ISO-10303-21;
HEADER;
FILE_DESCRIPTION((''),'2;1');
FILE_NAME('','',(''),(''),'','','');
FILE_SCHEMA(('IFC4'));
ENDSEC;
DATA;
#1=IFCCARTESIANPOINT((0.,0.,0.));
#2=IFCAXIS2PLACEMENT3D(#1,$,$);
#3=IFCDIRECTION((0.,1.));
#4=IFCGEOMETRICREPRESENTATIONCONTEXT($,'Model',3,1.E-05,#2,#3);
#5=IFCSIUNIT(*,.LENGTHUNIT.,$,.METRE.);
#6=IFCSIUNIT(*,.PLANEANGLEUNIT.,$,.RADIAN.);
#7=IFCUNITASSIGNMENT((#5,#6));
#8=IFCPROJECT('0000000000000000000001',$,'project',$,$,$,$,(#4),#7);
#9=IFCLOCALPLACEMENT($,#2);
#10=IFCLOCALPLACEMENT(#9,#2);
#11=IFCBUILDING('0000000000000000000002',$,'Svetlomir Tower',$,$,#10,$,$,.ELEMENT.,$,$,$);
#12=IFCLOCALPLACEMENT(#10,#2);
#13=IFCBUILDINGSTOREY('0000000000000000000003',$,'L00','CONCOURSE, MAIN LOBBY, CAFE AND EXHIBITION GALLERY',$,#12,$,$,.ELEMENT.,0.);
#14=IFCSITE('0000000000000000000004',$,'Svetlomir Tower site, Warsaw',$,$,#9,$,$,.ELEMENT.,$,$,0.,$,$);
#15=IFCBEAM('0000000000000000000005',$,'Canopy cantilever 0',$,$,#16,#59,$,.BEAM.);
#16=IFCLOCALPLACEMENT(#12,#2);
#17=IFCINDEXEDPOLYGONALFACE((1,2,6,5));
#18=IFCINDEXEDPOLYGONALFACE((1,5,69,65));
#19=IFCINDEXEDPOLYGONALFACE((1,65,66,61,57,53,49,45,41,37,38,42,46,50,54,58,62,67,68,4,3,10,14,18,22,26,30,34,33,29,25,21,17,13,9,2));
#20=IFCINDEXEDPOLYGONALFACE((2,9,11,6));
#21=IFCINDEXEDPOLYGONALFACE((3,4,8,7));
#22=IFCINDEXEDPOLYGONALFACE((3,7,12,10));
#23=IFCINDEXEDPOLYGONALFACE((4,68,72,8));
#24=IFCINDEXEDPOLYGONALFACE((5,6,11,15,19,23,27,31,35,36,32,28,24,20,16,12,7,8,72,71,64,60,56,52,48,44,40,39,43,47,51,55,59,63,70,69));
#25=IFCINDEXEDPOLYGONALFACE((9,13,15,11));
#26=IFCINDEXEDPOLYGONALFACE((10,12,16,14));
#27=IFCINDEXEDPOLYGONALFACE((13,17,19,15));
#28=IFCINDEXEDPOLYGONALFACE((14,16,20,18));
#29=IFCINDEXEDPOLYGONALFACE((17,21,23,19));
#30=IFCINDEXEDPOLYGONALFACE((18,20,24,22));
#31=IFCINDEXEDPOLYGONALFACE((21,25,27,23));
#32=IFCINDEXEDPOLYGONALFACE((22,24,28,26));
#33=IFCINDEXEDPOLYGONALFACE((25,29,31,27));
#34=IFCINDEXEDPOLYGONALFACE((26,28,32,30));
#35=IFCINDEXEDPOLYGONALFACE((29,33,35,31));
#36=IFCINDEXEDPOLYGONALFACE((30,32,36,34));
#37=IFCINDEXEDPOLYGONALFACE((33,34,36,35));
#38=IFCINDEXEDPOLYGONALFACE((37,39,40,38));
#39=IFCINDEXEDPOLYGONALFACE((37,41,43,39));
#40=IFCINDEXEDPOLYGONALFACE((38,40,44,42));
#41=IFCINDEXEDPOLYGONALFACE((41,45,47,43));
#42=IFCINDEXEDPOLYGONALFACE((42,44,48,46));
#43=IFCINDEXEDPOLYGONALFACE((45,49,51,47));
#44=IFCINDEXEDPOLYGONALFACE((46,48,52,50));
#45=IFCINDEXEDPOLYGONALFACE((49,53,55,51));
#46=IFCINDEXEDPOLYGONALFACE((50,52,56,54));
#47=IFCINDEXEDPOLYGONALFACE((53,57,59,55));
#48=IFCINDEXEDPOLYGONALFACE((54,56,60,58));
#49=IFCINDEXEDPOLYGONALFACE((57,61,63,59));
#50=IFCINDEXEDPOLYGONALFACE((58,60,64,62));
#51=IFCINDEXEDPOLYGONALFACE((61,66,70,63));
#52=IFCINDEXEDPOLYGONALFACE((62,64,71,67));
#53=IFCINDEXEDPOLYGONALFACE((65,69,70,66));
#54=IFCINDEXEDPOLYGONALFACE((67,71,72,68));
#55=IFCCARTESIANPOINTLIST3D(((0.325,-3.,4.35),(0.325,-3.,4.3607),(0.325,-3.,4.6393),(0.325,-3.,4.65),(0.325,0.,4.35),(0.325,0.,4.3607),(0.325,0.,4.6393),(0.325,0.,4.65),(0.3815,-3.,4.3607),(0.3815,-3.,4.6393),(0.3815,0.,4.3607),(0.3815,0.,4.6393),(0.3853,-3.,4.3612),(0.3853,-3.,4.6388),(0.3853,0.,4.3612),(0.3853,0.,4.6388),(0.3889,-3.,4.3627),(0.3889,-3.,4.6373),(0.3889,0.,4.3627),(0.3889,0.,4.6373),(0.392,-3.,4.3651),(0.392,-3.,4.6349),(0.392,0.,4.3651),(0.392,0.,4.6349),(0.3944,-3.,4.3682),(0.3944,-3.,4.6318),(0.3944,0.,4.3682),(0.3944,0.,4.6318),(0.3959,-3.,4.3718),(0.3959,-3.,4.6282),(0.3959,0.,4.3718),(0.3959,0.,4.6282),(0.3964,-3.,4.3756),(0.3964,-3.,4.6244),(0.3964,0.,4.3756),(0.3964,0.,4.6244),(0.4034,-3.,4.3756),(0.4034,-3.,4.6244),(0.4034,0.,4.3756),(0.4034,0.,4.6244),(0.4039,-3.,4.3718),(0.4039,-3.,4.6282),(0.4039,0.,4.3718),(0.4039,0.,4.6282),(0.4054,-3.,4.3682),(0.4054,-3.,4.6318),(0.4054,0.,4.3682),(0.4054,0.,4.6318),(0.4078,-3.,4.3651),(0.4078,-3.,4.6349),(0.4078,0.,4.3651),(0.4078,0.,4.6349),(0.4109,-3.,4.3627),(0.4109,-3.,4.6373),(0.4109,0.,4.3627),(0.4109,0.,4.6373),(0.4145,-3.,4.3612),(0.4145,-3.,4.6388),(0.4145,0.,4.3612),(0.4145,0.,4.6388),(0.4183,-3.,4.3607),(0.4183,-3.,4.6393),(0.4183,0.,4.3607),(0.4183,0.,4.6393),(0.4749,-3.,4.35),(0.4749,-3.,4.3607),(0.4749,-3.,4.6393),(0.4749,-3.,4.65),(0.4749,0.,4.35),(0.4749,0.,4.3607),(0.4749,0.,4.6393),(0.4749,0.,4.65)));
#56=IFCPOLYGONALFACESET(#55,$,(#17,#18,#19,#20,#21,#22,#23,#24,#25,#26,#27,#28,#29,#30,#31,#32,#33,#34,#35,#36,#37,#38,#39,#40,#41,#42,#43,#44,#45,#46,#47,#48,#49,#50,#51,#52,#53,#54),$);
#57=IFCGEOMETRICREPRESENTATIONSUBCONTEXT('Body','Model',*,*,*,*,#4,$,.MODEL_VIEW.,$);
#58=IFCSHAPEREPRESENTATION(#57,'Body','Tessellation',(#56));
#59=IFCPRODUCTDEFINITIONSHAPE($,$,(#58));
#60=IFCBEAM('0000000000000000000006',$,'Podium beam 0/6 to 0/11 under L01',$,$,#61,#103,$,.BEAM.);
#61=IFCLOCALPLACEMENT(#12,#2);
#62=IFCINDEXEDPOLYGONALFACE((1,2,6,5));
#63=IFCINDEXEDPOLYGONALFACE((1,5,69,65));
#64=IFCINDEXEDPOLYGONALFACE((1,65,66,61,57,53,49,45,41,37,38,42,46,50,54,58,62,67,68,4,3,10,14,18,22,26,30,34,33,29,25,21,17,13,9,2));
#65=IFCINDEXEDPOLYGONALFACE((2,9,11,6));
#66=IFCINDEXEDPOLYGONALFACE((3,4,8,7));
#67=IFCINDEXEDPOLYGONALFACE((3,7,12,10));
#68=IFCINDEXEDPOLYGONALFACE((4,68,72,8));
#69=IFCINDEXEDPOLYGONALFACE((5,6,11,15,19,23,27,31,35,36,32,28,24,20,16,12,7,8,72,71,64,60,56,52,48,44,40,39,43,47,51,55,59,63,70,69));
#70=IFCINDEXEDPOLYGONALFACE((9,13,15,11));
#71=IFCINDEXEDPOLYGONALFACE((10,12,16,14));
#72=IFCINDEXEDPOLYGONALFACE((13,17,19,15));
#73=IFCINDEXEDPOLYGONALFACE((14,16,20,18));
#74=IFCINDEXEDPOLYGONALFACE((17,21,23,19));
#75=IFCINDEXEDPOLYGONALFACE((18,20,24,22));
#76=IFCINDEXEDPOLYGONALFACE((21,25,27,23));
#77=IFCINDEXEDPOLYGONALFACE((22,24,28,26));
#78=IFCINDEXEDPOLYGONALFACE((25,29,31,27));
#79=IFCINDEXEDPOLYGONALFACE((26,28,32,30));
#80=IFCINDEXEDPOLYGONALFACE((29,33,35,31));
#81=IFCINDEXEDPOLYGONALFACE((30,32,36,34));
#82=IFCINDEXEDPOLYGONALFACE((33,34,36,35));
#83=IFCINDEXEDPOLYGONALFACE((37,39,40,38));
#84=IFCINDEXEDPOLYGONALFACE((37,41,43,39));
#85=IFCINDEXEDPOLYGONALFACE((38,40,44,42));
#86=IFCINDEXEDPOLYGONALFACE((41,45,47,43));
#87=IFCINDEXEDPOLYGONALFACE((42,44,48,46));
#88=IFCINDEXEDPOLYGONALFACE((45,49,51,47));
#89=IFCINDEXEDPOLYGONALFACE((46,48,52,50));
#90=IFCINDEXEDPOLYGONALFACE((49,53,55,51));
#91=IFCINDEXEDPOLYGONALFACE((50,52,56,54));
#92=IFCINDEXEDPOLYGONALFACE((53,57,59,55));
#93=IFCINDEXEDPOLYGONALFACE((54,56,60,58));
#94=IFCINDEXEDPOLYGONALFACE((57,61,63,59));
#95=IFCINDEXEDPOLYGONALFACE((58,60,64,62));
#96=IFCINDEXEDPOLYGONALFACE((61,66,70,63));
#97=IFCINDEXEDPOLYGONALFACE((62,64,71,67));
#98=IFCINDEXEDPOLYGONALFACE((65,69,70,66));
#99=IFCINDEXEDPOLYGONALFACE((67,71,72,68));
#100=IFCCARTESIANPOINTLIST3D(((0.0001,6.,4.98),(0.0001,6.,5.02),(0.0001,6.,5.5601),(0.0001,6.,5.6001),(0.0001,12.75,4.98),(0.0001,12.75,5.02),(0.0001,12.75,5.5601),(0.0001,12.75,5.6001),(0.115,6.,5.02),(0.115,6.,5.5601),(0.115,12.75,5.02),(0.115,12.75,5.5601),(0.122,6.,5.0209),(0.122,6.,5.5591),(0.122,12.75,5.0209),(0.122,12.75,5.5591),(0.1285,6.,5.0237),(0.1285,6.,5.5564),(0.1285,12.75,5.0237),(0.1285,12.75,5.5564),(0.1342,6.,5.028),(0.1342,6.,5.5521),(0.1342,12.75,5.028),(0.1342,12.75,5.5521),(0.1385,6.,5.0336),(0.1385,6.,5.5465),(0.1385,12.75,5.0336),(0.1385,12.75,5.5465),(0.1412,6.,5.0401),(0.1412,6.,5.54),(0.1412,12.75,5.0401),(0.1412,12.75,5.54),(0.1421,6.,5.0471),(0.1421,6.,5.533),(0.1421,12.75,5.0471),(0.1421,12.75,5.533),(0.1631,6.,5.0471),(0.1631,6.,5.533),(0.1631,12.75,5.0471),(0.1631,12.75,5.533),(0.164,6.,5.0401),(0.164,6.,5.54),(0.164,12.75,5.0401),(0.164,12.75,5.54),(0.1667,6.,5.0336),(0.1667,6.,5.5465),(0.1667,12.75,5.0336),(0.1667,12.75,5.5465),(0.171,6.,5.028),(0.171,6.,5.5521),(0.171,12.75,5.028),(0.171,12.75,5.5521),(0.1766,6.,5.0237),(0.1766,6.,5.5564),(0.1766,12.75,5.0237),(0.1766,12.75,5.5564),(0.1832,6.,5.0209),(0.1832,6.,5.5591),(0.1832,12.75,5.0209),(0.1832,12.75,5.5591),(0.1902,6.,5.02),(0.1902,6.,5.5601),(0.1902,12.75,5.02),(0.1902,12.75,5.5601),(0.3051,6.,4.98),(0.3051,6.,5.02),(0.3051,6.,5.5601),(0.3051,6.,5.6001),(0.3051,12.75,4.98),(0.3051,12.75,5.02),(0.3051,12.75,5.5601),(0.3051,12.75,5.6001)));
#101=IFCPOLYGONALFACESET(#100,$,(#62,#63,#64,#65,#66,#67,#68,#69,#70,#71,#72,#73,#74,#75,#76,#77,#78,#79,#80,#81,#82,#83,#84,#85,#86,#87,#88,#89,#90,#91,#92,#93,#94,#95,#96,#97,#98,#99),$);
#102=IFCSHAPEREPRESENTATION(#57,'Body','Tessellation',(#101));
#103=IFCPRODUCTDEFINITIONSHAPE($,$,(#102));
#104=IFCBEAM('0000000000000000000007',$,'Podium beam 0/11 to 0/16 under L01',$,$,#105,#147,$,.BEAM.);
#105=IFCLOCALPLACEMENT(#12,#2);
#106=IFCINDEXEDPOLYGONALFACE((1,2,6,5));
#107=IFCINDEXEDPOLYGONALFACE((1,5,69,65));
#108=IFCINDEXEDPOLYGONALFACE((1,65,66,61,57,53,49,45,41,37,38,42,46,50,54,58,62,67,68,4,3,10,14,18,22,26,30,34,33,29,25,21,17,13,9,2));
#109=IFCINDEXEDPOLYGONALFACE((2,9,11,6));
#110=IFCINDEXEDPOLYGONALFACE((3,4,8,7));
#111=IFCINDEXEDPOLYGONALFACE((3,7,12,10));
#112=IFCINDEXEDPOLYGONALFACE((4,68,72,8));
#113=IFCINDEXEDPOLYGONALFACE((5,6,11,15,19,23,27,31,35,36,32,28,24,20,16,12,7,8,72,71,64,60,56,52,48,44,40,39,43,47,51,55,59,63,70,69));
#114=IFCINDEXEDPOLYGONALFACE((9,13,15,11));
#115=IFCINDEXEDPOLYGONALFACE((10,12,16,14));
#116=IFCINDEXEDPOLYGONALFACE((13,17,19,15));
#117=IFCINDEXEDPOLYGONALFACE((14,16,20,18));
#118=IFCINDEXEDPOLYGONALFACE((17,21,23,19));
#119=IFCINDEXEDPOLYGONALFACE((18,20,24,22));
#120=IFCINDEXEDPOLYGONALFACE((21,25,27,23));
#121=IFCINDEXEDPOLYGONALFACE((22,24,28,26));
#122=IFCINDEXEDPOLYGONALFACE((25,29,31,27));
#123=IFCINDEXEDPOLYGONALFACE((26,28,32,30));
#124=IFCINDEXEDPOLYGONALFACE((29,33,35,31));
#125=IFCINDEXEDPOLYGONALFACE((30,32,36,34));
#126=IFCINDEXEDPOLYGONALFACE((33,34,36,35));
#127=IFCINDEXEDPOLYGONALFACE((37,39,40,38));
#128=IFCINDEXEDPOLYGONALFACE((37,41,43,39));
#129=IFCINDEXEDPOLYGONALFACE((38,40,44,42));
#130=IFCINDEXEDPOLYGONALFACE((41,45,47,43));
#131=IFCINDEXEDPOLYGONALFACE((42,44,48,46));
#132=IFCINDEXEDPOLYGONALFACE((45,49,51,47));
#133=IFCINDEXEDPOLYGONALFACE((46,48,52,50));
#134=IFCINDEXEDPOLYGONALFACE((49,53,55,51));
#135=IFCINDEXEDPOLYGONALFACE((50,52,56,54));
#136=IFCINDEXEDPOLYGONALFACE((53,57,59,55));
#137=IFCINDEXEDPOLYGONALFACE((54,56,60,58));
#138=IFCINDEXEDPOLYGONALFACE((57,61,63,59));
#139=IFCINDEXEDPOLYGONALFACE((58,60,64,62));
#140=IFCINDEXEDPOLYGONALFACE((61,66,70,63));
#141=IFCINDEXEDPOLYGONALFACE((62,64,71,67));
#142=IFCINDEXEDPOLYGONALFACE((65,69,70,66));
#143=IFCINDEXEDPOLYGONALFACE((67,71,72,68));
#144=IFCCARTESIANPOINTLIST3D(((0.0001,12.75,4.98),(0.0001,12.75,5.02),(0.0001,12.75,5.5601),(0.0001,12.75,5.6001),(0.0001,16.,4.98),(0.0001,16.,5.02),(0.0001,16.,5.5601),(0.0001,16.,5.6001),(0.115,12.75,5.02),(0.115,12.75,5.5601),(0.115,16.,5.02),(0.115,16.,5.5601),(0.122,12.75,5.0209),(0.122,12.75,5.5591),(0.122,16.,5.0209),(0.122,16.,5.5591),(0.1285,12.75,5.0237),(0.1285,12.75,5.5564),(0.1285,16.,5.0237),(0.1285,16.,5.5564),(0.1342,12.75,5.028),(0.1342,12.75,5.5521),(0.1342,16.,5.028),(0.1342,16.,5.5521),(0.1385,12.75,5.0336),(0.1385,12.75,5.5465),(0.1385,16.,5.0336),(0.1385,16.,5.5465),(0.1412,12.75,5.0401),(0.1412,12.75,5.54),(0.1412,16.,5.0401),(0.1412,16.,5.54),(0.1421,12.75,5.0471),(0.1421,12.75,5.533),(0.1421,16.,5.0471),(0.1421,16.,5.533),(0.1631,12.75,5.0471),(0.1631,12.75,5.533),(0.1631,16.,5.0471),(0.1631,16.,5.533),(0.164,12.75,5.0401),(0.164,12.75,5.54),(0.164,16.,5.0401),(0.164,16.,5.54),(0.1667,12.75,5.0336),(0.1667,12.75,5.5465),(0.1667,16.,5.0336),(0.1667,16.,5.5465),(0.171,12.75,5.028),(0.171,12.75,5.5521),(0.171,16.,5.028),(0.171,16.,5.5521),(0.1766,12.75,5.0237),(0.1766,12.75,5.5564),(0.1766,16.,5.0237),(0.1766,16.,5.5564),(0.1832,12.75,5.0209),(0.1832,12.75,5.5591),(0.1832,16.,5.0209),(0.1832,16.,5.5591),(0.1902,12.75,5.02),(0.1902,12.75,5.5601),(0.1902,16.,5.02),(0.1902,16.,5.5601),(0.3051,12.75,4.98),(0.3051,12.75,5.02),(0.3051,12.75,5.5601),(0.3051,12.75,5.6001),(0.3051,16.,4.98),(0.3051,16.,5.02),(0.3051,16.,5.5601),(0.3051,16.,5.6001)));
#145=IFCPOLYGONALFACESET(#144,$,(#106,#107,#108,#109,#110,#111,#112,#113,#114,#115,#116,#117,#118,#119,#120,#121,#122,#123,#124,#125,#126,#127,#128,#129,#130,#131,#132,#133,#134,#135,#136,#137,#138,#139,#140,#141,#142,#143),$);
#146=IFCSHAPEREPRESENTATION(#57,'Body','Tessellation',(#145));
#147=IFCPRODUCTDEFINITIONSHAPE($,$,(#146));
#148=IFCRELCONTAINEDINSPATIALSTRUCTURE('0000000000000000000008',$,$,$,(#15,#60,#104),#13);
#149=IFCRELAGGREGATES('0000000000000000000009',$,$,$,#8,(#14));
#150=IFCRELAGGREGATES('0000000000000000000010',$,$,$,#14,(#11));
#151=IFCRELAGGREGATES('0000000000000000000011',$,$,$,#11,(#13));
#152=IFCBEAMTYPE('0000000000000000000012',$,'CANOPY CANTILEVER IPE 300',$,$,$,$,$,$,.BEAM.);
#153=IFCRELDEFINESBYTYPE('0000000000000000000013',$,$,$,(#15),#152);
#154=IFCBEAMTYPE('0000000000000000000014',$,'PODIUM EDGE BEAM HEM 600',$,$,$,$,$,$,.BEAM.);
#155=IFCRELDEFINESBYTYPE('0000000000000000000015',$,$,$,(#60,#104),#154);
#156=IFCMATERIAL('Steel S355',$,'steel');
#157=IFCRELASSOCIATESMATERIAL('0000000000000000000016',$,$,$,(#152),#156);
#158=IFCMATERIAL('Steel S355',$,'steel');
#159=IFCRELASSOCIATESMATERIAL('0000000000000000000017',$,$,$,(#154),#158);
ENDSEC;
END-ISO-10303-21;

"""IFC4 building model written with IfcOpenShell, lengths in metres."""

from ifc_helpers import new_model, si_unit, direction, frame, origin, origin_2d, place, context, subcontext, project, spatial, i_section, extrude, material, material_profile, profile_set, type_object, element, save


model = new_model("IFC4")

# Units and contexts
model_context = context("Model", 3, precision=1e-05, world=origin(), true_north=direction((0.0, 1.0)))
body_context = subcontext(model_context, "Body", "Model", "MODEL_VIEW")
ifc_project = project(units=[si_unit("LENGTHUNIT", "METRE"), si_unit("PLANEANGLEUNIT", "RADIAN")], contexts=[model_context])

# Site, building, storey
site_placement = place(None, origin())
site = spatial("IfcSite", under=ifc_project, at=site_placement, Name="Svetlomir Tower site, Warsaw", CompositionType="ELEMENT", RefElevation=0.0)
building_placement = place(site_placement, origin())
building = spatial("IfcBuilding", under=site, at=building_placement, Name="Svetlomir Tower", CompositionType="ELEMENT")
storey_placement = place(building_placement, origin())
storey = spatial("IfcBuildingStorey", under=building, at=storey_placement, Name="L00", Description="CONCOURSE, MAIN LOBBY, CAFE AND EXHIBITION GALLERY", CompositionType="ELEMENT", Elevation=0.0)

# Beams
ifc_material_1 = material(Name="Steel S355", Category="steel")
ifc_material_profile_1 = material_profile(ifc_material_1, i_section(OverallWidth=0.1499, OverallDepth=0.3, WebThickness=0.0071, FlangeThickness=0.0107, FilletRadius=0.0149, at=origin_2d()), Name="IPE 300")
ifc_profile_set_1 = profile_set([ifc_material_profile_1], Name="Steel S355")
beam_type_1 = type_object("IfcBeamType", Name="CANOPY CANTILEVER IPE 300", PredefinedType="BEAM", material=ifc_profile_set_1)
beam_1_placement = place(storey_placement, frame((0.3999, 0.0, 4.5), z_axis=(0.0, -1.0, 0.0), x_axis=(1.0, 0.0, 0.0)))
element("IfcBeam", 1, at=beam_1_placement, inside=storey, type_object=beam_type_1, Name="Canopy cantilever 0", PredefinedType="BEAM", context=body_context, shape_type="SweptSolid", body=[
    extrude(i_section(OverallWidth=0.1499, OverallDepth=0.3, WebThickness=0.0071, FlangeThickness=0.0107, FilletRadius=0.0149, at=origin_2d()), origin(), (0.0, 0.0, 1.0), 3.0),
])
ifc_material_2 = material(Name="Steel S355", Category="steel")
ifc_material_profile_2 = material_profile(ifc_material_2, i_section(OverallWidth=0.3049, OverallDepth=0.6201, WebThickness=0.021, FlangeThickness=0.04, FilletRadius=0.0271, at=origin_2d()), Name="HEM 600")
ifc_profile_set_2 = profile_set([ifc_material_profile_2], Name="Steel S355")
beam_type_2 = type_object("IfcBeamType", Name="PODIUM EDGE BEAM HEM 600", PredefinedType="BEAM", material=ifc_profile_set_2)
beam_2_placement = place(storey_placement, frame((0.1526, 6.0, 5.29), z_axis=(0.0, 1.0, 0.0), x_axis=(-1.0, 0.0, 0.0)))
element("IfcBeam", 2, at=beam_2_placement, inside=storey, type_object=beam_type_2, Name="Podium beam 0/6 to 0/11 under L01", PredefinedType="BEAM", context=body_context, shape_type="SweptSolid", body=[
    extrude(i_section(OverallWidth=0.3049, OverallDepth=0.6201, WebThickness=0.021, FlangeThickness=0.04, FilletRadius=0.0271, at=origin_2d()), origin(), (0.0, 0.0, 1.0), 6.75),
])
beam_3_placement = place(storey_placement, frame((0.1526, 12.75, 5.29), z_axis=(0.0, 1.0, 0.0), x_axis=(-1.0, 0.0, 0.0)))
element("IfcBeam", 3, at=beam_3_placement, inside=storey, type_object=beam_type_2, Name="Podium beam 0/11 to 0/16 under L01", PredefinedType="BEAM", context=body_context, shape_type="SweptSolid", body=[
    extrude(i_section(OverallWidth=0.3049, OverallDepth=0.6201, WebThickness=0.021, FlangeThickness=0.04, FilletRadius=0.0271, at=origin_2d()), origin(), (0.0, 0.0, 1.0), 3.25),
])

save(model, "model.ifc")
